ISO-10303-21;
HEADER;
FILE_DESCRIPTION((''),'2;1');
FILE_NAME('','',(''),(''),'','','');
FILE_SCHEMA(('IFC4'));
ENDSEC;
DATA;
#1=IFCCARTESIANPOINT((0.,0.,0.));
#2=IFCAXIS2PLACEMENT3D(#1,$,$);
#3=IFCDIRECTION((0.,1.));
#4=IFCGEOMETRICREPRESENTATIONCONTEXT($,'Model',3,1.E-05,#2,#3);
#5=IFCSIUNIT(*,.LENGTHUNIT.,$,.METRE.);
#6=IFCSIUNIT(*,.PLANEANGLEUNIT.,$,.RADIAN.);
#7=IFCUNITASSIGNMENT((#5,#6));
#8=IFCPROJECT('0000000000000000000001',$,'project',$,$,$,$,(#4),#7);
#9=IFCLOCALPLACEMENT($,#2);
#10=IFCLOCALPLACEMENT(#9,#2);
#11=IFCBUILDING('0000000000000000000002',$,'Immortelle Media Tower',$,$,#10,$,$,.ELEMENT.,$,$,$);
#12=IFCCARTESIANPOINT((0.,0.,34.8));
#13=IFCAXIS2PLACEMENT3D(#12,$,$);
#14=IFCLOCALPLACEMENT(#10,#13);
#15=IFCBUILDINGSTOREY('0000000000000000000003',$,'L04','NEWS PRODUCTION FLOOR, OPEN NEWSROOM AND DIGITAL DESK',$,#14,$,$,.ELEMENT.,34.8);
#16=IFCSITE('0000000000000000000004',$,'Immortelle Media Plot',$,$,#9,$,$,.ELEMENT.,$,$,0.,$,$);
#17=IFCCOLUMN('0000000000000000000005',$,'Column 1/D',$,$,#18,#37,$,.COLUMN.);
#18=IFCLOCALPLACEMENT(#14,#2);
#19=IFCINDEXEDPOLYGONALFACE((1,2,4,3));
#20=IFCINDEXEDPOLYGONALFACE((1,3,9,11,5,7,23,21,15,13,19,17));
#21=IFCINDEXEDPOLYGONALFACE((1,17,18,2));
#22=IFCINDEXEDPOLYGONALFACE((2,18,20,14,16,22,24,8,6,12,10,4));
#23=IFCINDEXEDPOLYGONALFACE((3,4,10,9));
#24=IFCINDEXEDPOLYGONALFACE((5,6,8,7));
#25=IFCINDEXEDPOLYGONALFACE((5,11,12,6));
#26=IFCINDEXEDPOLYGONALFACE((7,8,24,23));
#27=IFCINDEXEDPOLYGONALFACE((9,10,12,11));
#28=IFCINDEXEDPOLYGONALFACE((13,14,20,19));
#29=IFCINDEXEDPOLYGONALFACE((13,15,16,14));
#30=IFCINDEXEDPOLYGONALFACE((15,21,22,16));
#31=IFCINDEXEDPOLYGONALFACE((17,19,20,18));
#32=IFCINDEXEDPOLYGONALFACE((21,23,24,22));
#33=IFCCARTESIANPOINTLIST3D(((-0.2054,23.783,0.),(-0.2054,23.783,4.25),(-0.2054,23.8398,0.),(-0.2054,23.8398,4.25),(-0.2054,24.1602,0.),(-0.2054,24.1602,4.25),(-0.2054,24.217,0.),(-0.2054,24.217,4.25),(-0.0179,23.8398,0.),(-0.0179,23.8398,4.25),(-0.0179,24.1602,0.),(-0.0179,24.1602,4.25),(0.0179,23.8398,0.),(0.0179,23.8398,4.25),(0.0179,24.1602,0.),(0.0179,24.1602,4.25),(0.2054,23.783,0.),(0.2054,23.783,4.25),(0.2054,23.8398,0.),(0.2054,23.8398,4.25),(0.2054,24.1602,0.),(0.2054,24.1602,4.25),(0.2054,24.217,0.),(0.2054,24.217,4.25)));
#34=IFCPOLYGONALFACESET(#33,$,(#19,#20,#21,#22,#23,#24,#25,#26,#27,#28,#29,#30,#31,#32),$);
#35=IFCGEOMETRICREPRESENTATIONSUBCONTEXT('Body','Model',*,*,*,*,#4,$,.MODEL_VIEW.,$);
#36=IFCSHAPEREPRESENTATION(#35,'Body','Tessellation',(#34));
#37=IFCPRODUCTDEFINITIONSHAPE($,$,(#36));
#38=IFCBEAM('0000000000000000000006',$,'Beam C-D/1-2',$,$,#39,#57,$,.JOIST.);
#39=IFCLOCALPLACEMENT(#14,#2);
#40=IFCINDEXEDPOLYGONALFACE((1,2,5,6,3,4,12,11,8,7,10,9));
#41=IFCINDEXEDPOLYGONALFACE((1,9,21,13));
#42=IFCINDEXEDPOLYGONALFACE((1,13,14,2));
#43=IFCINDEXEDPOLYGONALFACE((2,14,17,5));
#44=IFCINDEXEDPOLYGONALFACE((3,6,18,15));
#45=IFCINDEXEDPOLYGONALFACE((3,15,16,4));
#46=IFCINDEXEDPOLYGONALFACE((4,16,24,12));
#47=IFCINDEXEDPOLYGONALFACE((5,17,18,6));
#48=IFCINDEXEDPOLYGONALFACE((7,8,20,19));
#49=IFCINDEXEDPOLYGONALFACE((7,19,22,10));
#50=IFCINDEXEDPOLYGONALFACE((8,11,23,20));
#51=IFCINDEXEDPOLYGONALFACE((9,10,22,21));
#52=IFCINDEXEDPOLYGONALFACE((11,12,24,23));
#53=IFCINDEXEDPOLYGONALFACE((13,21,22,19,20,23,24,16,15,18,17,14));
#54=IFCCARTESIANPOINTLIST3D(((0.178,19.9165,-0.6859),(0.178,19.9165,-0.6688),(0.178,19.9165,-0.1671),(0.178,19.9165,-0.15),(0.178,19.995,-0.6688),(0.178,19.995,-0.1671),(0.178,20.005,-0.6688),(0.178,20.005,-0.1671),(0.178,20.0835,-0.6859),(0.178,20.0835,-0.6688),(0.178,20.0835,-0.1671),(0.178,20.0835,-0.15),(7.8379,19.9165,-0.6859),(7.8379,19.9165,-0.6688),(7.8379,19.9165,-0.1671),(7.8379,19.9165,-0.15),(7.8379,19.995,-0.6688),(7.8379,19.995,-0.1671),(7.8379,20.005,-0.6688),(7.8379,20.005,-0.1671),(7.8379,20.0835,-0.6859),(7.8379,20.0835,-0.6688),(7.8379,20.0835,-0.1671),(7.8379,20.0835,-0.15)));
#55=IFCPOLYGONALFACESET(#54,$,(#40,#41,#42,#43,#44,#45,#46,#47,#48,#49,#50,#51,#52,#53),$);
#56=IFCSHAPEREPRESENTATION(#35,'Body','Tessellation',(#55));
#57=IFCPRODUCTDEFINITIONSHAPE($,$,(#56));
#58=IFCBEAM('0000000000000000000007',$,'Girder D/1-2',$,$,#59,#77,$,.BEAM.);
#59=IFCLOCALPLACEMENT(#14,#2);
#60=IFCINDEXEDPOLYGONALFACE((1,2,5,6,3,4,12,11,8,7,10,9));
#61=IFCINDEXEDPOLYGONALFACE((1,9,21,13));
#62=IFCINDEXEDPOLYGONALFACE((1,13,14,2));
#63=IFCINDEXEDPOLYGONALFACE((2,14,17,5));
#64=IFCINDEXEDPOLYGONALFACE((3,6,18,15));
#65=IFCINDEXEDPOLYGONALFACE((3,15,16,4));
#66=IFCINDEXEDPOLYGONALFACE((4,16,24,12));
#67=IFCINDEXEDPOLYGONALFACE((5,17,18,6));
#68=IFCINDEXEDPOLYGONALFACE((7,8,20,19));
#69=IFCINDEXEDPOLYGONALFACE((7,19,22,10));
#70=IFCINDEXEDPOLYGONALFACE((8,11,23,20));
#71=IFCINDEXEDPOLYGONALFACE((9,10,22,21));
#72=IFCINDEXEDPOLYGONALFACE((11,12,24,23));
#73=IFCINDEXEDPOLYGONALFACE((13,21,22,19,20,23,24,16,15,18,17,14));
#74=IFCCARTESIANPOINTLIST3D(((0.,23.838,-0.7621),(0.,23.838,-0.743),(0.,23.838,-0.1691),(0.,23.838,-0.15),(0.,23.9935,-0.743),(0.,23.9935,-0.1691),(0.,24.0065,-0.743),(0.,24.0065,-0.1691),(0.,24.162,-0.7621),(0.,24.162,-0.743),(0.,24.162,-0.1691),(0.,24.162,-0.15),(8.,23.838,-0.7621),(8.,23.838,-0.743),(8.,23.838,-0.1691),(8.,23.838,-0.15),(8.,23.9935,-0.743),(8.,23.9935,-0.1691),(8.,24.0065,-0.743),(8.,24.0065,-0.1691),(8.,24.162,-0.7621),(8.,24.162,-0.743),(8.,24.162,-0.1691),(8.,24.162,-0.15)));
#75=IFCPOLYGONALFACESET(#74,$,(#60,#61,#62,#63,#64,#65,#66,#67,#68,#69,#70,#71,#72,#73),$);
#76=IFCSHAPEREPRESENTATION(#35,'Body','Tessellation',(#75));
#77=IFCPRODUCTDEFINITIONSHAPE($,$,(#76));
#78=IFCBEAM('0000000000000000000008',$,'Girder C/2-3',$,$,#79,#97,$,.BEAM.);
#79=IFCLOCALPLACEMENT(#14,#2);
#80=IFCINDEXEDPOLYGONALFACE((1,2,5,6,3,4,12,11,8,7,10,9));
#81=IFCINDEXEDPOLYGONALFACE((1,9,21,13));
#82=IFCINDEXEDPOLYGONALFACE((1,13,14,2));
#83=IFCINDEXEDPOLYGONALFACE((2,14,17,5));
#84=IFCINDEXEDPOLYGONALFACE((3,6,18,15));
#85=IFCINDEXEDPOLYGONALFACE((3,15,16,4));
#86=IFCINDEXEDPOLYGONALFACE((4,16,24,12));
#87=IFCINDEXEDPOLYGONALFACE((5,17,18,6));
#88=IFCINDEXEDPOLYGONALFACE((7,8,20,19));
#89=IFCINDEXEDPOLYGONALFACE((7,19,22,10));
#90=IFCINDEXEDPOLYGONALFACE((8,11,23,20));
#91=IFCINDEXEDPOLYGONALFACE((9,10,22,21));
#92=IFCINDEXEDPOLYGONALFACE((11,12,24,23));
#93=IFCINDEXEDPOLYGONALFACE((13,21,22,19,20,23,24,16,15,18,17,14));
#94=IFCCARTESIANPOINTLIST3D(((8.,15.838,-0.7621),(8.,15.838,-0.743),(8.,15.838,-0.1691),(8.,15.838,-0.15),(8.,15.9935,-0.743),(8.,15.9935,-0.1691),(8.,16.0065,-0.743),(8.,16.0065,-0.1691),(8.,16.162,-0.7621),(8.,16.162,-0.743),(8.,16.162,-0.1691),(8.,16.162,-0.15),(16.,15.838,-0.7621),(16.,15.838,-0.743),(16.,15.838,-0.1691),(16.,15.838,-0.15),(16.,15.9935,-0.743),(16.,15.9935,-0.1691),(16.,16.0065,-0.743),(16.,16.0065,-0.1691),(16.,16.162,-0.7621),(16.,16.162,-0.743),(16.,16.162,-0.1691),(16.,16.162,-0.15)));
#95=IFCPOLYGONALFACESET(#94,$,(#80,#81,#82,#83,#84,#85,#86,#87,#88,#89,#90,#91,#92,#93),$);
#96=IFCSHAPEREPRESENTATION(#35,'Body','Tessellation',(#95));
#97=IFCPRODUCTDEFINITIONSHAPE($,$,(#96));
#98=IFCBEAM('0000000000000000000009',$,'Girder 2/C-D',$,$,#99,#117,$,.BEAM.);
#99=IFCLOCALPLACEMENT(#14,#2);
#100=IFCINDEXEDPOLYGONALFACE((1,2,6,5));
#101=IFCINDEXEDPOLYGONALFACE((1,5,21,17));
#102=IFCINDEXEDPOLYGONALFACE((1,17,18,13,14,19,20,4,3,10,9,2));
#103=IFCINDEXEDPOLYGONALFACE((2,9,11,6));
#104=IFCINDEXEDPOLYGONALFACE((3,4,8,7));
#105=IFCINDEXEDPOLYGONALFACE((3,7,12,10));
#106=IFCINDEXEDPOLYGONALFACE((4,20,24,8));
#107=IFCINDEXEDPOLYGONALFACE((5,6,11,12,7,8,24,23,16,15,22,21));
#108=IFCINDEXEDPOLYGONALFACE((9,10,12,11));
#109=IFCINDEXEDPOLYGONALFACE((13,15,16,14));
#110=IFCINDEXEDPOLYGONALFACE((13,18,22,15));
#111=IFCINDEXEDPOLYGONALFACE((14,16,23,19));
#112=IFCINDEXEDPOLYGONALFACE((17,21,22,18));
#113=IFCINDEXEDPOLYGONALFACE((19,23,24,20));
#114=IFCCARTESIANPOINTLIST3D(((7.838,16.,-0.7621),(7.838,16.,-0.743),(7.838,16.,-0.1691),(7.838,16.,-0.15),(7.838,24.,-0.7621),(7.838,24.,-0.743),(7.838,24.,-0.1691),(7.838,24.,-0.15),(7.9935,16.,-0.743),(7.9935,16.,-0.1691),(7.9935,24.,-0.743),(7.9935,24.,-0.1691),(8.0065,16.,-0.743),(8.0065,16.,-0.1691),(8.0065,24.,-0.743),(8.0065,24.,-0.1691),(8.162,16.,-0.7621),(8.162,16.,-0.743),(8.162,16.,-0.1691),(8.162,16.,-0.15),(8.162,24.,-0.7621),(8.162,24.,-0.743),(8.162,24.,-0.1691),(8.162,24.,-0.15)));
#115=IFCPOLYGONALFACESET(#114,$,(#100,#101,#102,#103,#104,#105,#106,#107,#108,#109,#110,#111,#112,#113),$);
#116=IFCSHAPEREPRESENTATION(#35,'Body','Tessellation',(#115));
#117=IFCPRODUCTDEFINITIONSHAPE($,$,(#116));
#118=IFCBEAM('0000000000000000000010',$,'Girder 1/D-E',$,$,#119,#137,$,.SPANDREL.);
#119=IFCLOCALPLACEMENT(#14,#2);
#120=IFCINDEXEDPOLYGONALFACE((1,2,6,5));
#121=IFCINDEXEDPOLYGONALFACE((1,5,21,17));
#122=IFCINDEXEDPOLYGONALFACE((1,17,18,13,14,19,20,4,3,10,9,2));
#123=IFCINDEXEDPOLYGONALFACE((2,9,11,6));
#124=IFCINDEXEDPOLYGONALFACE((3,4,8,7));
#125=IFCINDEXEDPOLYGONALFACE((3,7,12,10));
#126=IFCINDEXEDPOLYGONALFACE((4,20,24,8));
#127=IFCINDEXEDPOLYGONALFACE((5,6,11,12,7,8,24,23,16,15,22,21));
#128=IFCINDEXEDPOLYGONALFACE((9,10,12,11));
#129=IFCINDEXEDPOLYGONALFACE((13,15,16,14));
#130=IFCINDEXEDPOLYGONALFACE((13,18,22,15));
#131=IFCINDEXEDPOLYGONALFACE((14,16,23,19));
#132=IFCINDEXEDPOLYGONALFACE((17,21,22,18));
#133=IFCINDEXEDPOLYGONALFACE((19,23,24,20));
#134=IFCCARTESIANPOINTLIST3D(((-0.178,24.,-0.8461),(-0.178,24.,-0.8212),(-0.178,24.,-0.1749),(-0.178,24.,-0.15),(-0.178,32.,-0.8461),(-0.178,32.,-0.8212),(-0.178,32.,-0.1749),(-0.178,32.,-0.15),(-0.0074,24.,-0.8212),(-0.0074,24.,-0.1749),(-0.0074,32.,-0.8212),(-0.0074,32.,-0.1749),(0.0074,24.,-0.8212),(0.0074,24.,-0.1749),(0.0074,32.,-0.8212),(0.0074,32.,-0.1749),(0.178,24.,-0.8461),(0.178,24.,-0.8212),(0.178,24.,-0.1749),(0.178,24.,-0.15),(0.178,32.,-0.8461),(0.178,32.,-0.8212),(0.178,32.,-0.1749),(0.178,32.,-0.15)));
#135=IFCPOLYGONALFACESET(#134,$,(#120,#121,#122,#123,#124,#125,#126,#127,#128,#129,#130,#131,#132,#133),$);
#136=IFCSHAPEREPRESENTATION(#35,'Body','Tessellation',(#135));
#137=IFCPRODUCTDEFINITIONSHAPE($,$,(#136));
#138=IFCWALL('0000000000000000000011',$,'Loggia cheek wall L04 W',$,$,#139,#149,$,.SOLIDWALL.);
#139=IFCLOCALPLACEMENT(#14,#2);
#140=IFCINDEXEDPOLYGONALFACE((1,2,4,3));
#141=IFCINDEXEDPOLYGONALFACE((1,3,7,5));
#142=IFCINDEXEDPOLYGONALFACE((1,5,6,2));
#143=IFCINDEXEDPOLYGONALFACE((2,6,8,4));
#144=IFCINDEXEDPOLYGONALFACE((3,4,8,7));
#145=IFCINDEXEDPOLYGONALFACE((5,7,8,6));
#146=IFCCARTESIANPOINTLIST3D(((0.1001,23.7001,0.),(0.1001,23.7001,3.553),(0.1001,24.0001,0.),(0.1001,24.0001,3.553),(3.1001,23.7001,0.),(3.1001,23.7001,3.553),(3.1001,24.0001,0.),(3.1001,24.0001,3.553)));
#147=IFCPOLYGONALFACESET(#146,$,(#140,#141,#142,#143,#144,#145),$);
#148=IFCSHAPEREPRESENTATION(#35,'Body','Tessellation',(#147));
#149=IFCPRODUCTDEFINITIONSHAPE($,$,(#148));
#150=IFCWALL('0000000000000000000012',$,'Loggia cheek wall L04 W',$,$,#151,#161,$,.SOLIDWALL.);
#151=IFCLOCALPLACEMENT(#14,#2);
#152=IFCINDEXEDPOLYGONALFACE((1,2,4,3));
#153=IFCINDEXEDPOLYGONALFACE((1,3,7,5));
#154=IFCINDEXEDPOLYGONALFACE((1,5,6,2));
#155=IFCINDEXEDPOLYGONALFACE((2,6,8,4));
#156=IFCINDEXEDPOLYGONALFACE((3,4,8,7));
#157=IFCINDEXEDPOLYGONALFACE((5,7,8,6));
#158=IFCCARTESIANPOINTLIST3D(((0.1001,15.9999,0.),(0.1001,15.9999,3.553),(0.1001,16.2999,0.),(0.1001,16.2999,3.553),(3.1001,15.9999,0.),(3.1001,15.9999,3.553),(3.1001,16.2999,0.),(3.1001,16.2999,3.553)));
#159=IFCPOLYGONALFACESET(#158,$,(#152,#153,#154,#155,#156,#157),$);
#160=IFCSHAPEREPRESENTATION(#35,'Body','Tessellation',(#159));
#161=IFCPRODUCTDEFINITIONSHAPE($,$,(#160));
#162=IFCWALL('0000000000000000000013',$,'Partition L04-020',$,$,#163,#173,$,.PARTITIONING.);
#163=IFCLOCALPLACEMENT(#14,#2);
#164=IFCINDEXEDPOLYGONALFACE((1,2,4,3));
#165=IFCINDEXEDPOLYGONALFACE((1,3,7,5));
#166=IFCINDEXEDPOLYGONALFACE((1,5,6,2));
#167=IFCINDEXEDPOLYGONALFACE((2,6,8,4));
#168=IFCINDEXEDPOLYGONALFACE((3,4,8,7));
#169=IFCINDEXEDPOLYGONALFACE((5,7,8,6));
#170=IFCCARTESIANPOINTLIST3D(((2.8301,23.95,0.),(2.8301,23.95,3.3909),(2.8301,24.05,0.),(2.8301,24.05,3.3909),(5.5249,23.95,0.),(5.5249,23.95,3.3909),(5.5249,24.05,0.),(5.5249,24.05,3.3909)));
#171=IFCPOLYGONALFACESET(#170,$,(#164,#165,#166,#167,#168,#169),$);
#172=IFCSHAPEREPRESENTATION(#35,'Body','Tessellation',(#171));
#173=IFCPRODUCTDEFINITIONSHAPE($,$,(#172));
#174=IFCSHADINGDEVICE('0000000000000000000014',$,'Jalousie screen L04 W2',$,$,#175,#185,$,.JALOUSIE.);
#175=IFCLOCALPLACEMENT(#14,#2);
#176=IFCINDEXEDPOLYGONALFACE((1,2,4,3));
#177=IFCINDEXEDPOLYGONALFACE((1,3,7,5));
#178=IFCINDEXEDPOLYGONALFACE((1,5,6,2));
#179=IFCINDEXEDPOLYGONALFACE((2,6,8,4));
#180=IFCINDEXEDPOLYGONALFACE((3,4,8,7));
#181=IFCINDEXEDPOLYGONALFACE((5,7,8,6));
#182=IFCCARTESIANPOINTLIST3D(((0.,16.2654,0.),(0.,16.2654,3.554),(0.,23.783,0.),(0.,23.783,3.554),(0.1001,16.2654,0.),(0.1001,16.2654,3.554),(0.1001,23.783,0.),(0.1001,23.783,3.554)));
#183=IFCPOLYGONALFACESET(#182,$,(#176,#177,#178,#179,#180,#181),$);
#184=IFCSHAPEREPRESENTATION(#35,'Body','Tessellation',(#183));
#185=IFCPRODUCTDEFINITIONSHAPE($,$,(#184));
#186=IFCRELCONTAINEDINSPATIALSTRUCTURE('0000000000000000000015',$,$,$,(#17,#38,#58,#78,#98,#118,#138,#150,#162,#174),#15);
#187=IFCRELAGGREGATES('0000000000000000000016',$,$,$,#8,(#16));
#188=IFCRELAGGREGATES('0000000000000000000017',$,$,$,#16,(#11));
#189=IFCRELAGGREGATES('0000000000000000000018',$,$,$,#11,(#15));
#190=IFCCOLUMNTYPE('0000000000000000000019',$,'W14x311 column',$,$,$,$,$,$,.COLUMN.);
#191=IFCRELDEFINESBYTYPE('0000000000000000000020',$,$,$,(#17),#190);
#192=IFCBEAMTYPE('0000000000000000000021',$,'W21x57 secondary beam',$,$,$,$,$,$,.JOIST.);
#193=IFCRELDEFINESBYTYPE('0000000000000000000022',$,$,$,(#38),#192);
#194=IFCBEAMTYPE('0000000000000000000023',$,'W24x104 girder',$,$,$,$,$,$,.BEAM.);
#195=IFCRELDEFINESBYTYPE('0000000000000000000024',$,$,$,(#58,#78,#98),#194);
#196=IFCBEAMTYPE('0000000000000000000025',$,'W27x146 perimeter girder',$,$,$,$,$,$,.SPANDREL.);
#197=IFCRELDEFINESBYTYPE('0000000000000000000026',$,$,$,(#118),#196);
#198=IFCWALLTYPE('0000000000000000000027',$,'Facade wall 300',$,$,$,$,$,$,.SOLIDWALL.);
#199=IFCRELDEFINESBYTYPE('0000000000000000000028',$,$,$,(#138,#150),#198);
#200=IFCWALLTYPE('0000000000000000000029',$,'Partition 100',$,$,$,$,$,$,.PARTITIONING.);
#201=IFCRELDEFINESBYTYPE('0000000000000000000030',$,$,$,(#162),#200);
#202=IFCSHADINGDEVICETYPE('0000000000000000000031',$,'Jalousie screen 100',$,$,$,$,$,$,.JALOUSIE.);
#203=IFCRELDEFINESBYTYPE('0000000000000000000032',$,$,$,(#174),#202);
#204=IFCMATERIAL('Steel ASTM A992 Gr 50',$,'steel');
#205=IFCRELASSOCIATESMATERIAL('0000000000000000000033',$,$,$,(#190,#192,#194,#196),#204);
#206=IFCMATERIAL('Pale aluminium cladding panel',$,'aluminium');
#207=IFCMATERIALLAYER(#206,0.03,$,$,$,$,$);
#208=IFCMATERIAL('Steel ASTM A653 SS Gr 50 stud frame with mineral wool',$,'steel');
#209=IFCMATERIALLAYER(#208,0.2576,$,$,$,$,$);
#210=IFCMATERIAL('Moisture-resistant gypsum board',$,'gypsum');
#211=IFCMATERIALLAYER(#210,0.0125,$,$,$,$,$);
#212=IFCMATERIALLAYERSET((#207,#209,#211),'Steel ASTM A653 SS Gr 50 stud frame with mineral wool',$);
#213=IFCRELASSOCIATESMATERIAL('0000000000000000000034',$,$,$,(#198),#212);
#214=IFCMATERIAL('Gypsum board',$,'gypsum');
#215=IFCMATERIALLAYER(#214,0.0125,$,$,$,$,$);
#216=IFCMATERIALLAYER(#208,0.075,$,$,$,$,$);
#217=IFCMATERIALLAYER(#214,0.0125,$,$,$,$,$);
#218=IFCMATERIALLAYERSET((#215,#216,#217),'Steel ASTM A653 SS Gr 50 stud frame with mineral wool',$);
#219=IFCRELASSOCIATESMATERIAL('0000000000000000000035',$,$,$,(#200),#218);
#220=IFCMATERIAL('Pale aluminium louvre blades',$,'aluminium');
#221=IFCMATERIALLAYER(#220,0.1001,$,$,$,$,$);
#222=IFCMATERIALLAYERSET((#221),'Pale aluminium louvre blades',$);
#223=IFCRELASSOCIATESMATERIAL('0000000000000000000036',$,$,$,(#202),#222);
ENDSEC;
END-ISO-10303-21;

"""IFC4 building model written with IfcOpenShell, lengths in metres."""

from ifc_helpers import new_model, si_unit, direction, frame, frame_2d, origin, origin_2d, place, context, subcontext, project, spatial, rectangle, i_section, extrude, material, layer, layer_set, material_profile, profile_set, type_object, element, save


model = new_model("IFC4")

# Units and contexts
model_context = context("Model", 3, precision=1e-05, world=origin(), true_north=direction((0.0, 1.0)))
body_context = subcontext(model_context, "Body", "Model", "MODEL_VIEW")
ifc_project = project(units=[si_unit("LENGTHUNIT", "METRE"), si_unit("PLANEANGLEUNIT", "RADIAN")], contexts=[model_context])

# Site, building, storey
site_placement = place(None, origin())
site = spatial("IfcSite", under=ifc_project, at=site_placement, Name="Immortelle Media Plot", CompositionType="ELEMENT", RefElevation=0.0)
building_placement = place(site_placement, origin())
building = spatial("IfcBuilding", under=site, at=building_placement, Name="Immortelle Media Tower", CompositionType="ELEMENT")
storey_placement = place(building_placement, frame((0.0, 0.0, 34.8)))
storey = spatial("IfcBuildingStorey", under=building, at=storey_placement, Name="L04", Description="NEWS PRODUCTION FLOOR, OPEN NEWSROOM AND DIGITAL DESK", CompositionType="ELEMENT", Elevation=34.8)

# Column
ifc_material_1 = material(Name="Steel ASTM A992 Gr 50", Category="steel")
ifc_material_profile_1 = material_profile(ifc_material_1, i_section(OverallWidth=0.4109, OverallDepth=0.4341, WebThickness=0.0359, FlangeThickness=0.0569, at=origin_2d()), Name="W14x311")
ifc_profile_set_1 = profile_set([ifc_material_profile_1], Name="Steel ASTM A992 Gr 50")
column_type = type_object("IfcColumnType", Name="W14x311 column", PredefinedType="COLUMN", material=ifc_profile_set_1)
column_placement = place(storey_placement, frame((0.0, 24.0, 0.0), z_axis=(0.0, 0.0, 1.0), x_axis=(1.0, 0.0, 0.0)))
element("IfcColumn", 1, at=column_placement, inside=storey, type_object=column_type, Name="Column 1/D", PredefinedType="COLUMN", context=body_context, shape_type="SweptSolid", body=[
    extrude(i_section(OverallWidth=0.4109, OverallDepth=0.4341, WebThickness=0.0359, FlangeThickness=0.0569, at=origin_2d()), origin(), (0.0, 0.0, 1.0), 4.25),
])

# Beams
ifc_material_profile_2 = material_profile(ifc_material_1, i_section(OverallWidth=0.167, OverallDepth=0.5359, WebThickness=0.01, FlangeThickness=0.0171, at=origin_2d()), Name="W21x57")
ifc_profile_set_2 = profile_set([ifc_material_profile_2], Name="Steel ASTM A992 Gr 50")
beam_type_1 = type_object("IfcBeamType", Name="W21x57 secondary beam", PredefinedType="JOIST", material=ifc_profile_set_2)
beam_1_placement = place(storey_placement, frame((0.178, 20.0, -0.418), z_axis=(1.0, 0.0, 0.0), x_axis=(0.0, 1.0, 0.0)))
element("IfcBeam", 2, at=beam_1_placement, inside=storey, type_object=beam_type_1, Name="Beam C-D/1-2", PredefinedType="JOIST", context=body_context, shape_type="SweptSolid", body=[
    extrude(i_section(OverallWidth=0.167, OverallDepth=0.5359, WebThickness=0.01, FlangeThickness=0.0171, at=origin_2d()), origin(), (0.0, 0.0, 1.0), 7.6599),
])
ifc_material_profile_3 = material_profile(ifc_material_1, i_section(OverallWidth=0.324, OverallDepth=0.6121, WebThickness=0.0129, FlangeThickness=0.019, at=origin_2d()), Name="W24x104")
ifc_profile_set_3 = profile_set([ifc_material_profile_3], Name="Steel ASTM A992 Gr 50")
beam_type_2 = type_object("IfcBeamType", Name="W24x104 girder", PredefinedType="BEAM", material=ifc_profile_set_3)
for number, where, z_axis, x_axis, name in (
    (3, (0.0, 24.0, -0.4561), (1.0, 0.0, 0.0), (0.0, 1.0, 0.0), "Girder D/1-2"),
    (4, (8.0, 16.0, -0.4561), (1.0, 0.0, 0.0), (0.0, 1.0, 0.0), "Girder C/2-3"),
    (5, (8.0, 16.0, -0.4561), (0.0, 1.0, 0.0), (-1.0, 0.0, 0.0), "Girder 2/C-D"),
):
    element("IfcBeam", number, at=place(storey_placement, frame(where, z_axis=z_axis, x_axis=x_axis)), inside=storey, type_object=beam_type_2, Name=name, PredefinedType="BEAM", context=body_context, shape_type="SweptSolid", body=[
        extrude(i_section(OverallWidth=0.324, OverallDepth=0.6121, WebThickness=0.0129, FlangeThickness=0.019, at=origin_2d()), origin(), (0.0, 0.0, 1.0), 8.0),
    ])
ifc_material_profile_4 = material_profile(ifc_material_1, i_section(OverallWidth=0.356, OverallDepth=0.696, WebThickness=0.0149, FlangeThickness=0.0249, at=origin_2d()), Name="W27x146")
ifc_profile_set_4 = profile_set([ifc_material_profile_4], Name="Steel ASTM A992 Gr 50")
beam_type_3 = type_object("IfcBeamType", Name="W27x146 perimeter girder", PredefinedType="SPANDREL", material=ifc_profile_set_4)
beam_2_placement = place(storey_placement, frame((0.0, 24.0, -0.498), z_axis=(0.0, 1.0, 0.0), x_axis=(-1.0, 0.0, 0.0)))
element("IfcBeam", 6, at=beam_2_placement, inside=storey, type_object=beam_type_3, Name="Girder 1/D-E", PredefinedType="SPANDREL", context=body_context, shape_type="SweptSolid", body=[
    extrude(i_section(OverallWidth=0.356, OverallDepth=0.696, WebThickness=0.0149, FlangeThickness=0.0249, at=origin_2d()), origin(), (0.0, 0.0, 1.0), 8.0),
])

# Shared definitions
ifc_material_2 = material(Name="Pale aluminium cladding panel", Category="aluminium")
ifc_layer_1 = layer(ifc_material_2, 0.03)
ifc_material_3 = material(Name="Steel ASTM A653 SS Gr 50 stud frame with mineral wool", Category="steel")
ifc_layer_2 = layer(ifc_material_3, 0.2576)
ifc_material_4 = material(Name="Moisture-resistant gypsum board", Category="gypsum")
ifc_layer_3 = layer(ifc_material_4, 0.0125)
ifc_layer_set_1 = layer_set([ifc_layer_1, ifc_layer_2, ifc_layer_3], Name="Steel ASTM A653 SS Gr 50 stud frame with mineral wool")
wall_type_1 = type_object("IfcWallType", Name="Facade wall 300", PredefinedType="SOLIDWALL", material=ifc_layer_set_1)

# Walls
for number, where, z_axis, x_axis, name in (
    (7, (0.1001, 23.8501, 0.0), (0.0, 0.0, 1.0), (1.0, 0.0, 0.0), "Loggia cheek wall L04 W"),
    (8, (0.1001, 16.1499, 0.0), (0.0, 0.0, 1.0), (1.0, 0.0, 0.0), "Loggia cheek wall L04 W"),
):
    element("IfcWall", number, at=place(storey_placement, frame(where, z_axis=z_axis, x_axis=x_axis)), inside=storey, type_object=wall_type_1, Name=name, PredefinedType="SOLIDWALL", context=body_context, shape_type="SweptSolid", body=[
        extrude(rectangle(XDim=3.0, YDim=0.3, at=frame_2d((1.5, 0.0))), origin(), (0.0, 0.0, 1.0), 3.553),
    ])
ifc_material_5 = material(Name="Gypsum board", Category="gypsum")
ifc_layer_4 = layer(ifc_material_5, 0.0125)
ifc_layer_5 = layer(ifc_material_3, 0.075)
ifc_layer_6 = layer(ifc_material_5, 0.0125)
ifc_layer_set_2 = layer_set([ifc_layer_4, ifc_layer_5, ifc_layer_6], Name="Steel ASTM A653 SS Gr 50 stud frame with mineral wool")
wall_type_2 = type_object("IfcWallType", Name="Partition 100", PredefinedType="PARTITIONING", material=ifc_layer_set_2)
wall_1_placement = place(storey_placement, frame((2.8301, 24.0, 0.0), z_axis=(0.0, 0.0, 1.0), x_axis=(1.0, 0.0, 0.0)))
element("IfcWall", 9, at=wall_1_placement, inside=storey, type_object=wall_type_2, Name="Partition L04-020", PredefinedType="PARTITIONING", context=body_context, shape_type="SweptSolid", body=[
    extrude(rectangle(XDim=2.6948, YDim=0.1001, at=frame_2d((1.3474, 0.0))), origin(), (0.0, 0.0, 1.0), 3.3909),
])

# Shading device
ifc_material_6 = material(Name="Pale aluminium louvre blades", Category="aluminium")
ifc_layer_7 = layer(ifc_material_6, 0.1001)
ifc_layer_set_3 = layer_set([ifc_layer_7], Name="Pale aluminium louvre blades")
shading_device_type_1 = type_object("IfcShadingDeviceType", Name="Jalousie screen 100", PredefinedType="JALOUSIE", material=ifc_layer_set_3)
shading_device_1_placement = place(storey_placement, frame((0.05, 20.0242, 0.0), z_axis=(0.0, 0.0, 1.0), x_axis=(0.0, -1.0, 0.0)))
element("IfcShadingDevice", 10, at=shading_device_1_placement, inside=storey, type_object=shading_device_type_1, Name="Jalousie screen L04 W2", PredefinedType="JALOUSIE", context=body_context, shape_type="SweptSolid", body=[
    extrude(rectangle(XDim=7.5176, YDim=0.1001, at=origin_2d()), origin(), (0.0, 0.0, 1.0), 3.554),
])

save(model, "model.ifc")
